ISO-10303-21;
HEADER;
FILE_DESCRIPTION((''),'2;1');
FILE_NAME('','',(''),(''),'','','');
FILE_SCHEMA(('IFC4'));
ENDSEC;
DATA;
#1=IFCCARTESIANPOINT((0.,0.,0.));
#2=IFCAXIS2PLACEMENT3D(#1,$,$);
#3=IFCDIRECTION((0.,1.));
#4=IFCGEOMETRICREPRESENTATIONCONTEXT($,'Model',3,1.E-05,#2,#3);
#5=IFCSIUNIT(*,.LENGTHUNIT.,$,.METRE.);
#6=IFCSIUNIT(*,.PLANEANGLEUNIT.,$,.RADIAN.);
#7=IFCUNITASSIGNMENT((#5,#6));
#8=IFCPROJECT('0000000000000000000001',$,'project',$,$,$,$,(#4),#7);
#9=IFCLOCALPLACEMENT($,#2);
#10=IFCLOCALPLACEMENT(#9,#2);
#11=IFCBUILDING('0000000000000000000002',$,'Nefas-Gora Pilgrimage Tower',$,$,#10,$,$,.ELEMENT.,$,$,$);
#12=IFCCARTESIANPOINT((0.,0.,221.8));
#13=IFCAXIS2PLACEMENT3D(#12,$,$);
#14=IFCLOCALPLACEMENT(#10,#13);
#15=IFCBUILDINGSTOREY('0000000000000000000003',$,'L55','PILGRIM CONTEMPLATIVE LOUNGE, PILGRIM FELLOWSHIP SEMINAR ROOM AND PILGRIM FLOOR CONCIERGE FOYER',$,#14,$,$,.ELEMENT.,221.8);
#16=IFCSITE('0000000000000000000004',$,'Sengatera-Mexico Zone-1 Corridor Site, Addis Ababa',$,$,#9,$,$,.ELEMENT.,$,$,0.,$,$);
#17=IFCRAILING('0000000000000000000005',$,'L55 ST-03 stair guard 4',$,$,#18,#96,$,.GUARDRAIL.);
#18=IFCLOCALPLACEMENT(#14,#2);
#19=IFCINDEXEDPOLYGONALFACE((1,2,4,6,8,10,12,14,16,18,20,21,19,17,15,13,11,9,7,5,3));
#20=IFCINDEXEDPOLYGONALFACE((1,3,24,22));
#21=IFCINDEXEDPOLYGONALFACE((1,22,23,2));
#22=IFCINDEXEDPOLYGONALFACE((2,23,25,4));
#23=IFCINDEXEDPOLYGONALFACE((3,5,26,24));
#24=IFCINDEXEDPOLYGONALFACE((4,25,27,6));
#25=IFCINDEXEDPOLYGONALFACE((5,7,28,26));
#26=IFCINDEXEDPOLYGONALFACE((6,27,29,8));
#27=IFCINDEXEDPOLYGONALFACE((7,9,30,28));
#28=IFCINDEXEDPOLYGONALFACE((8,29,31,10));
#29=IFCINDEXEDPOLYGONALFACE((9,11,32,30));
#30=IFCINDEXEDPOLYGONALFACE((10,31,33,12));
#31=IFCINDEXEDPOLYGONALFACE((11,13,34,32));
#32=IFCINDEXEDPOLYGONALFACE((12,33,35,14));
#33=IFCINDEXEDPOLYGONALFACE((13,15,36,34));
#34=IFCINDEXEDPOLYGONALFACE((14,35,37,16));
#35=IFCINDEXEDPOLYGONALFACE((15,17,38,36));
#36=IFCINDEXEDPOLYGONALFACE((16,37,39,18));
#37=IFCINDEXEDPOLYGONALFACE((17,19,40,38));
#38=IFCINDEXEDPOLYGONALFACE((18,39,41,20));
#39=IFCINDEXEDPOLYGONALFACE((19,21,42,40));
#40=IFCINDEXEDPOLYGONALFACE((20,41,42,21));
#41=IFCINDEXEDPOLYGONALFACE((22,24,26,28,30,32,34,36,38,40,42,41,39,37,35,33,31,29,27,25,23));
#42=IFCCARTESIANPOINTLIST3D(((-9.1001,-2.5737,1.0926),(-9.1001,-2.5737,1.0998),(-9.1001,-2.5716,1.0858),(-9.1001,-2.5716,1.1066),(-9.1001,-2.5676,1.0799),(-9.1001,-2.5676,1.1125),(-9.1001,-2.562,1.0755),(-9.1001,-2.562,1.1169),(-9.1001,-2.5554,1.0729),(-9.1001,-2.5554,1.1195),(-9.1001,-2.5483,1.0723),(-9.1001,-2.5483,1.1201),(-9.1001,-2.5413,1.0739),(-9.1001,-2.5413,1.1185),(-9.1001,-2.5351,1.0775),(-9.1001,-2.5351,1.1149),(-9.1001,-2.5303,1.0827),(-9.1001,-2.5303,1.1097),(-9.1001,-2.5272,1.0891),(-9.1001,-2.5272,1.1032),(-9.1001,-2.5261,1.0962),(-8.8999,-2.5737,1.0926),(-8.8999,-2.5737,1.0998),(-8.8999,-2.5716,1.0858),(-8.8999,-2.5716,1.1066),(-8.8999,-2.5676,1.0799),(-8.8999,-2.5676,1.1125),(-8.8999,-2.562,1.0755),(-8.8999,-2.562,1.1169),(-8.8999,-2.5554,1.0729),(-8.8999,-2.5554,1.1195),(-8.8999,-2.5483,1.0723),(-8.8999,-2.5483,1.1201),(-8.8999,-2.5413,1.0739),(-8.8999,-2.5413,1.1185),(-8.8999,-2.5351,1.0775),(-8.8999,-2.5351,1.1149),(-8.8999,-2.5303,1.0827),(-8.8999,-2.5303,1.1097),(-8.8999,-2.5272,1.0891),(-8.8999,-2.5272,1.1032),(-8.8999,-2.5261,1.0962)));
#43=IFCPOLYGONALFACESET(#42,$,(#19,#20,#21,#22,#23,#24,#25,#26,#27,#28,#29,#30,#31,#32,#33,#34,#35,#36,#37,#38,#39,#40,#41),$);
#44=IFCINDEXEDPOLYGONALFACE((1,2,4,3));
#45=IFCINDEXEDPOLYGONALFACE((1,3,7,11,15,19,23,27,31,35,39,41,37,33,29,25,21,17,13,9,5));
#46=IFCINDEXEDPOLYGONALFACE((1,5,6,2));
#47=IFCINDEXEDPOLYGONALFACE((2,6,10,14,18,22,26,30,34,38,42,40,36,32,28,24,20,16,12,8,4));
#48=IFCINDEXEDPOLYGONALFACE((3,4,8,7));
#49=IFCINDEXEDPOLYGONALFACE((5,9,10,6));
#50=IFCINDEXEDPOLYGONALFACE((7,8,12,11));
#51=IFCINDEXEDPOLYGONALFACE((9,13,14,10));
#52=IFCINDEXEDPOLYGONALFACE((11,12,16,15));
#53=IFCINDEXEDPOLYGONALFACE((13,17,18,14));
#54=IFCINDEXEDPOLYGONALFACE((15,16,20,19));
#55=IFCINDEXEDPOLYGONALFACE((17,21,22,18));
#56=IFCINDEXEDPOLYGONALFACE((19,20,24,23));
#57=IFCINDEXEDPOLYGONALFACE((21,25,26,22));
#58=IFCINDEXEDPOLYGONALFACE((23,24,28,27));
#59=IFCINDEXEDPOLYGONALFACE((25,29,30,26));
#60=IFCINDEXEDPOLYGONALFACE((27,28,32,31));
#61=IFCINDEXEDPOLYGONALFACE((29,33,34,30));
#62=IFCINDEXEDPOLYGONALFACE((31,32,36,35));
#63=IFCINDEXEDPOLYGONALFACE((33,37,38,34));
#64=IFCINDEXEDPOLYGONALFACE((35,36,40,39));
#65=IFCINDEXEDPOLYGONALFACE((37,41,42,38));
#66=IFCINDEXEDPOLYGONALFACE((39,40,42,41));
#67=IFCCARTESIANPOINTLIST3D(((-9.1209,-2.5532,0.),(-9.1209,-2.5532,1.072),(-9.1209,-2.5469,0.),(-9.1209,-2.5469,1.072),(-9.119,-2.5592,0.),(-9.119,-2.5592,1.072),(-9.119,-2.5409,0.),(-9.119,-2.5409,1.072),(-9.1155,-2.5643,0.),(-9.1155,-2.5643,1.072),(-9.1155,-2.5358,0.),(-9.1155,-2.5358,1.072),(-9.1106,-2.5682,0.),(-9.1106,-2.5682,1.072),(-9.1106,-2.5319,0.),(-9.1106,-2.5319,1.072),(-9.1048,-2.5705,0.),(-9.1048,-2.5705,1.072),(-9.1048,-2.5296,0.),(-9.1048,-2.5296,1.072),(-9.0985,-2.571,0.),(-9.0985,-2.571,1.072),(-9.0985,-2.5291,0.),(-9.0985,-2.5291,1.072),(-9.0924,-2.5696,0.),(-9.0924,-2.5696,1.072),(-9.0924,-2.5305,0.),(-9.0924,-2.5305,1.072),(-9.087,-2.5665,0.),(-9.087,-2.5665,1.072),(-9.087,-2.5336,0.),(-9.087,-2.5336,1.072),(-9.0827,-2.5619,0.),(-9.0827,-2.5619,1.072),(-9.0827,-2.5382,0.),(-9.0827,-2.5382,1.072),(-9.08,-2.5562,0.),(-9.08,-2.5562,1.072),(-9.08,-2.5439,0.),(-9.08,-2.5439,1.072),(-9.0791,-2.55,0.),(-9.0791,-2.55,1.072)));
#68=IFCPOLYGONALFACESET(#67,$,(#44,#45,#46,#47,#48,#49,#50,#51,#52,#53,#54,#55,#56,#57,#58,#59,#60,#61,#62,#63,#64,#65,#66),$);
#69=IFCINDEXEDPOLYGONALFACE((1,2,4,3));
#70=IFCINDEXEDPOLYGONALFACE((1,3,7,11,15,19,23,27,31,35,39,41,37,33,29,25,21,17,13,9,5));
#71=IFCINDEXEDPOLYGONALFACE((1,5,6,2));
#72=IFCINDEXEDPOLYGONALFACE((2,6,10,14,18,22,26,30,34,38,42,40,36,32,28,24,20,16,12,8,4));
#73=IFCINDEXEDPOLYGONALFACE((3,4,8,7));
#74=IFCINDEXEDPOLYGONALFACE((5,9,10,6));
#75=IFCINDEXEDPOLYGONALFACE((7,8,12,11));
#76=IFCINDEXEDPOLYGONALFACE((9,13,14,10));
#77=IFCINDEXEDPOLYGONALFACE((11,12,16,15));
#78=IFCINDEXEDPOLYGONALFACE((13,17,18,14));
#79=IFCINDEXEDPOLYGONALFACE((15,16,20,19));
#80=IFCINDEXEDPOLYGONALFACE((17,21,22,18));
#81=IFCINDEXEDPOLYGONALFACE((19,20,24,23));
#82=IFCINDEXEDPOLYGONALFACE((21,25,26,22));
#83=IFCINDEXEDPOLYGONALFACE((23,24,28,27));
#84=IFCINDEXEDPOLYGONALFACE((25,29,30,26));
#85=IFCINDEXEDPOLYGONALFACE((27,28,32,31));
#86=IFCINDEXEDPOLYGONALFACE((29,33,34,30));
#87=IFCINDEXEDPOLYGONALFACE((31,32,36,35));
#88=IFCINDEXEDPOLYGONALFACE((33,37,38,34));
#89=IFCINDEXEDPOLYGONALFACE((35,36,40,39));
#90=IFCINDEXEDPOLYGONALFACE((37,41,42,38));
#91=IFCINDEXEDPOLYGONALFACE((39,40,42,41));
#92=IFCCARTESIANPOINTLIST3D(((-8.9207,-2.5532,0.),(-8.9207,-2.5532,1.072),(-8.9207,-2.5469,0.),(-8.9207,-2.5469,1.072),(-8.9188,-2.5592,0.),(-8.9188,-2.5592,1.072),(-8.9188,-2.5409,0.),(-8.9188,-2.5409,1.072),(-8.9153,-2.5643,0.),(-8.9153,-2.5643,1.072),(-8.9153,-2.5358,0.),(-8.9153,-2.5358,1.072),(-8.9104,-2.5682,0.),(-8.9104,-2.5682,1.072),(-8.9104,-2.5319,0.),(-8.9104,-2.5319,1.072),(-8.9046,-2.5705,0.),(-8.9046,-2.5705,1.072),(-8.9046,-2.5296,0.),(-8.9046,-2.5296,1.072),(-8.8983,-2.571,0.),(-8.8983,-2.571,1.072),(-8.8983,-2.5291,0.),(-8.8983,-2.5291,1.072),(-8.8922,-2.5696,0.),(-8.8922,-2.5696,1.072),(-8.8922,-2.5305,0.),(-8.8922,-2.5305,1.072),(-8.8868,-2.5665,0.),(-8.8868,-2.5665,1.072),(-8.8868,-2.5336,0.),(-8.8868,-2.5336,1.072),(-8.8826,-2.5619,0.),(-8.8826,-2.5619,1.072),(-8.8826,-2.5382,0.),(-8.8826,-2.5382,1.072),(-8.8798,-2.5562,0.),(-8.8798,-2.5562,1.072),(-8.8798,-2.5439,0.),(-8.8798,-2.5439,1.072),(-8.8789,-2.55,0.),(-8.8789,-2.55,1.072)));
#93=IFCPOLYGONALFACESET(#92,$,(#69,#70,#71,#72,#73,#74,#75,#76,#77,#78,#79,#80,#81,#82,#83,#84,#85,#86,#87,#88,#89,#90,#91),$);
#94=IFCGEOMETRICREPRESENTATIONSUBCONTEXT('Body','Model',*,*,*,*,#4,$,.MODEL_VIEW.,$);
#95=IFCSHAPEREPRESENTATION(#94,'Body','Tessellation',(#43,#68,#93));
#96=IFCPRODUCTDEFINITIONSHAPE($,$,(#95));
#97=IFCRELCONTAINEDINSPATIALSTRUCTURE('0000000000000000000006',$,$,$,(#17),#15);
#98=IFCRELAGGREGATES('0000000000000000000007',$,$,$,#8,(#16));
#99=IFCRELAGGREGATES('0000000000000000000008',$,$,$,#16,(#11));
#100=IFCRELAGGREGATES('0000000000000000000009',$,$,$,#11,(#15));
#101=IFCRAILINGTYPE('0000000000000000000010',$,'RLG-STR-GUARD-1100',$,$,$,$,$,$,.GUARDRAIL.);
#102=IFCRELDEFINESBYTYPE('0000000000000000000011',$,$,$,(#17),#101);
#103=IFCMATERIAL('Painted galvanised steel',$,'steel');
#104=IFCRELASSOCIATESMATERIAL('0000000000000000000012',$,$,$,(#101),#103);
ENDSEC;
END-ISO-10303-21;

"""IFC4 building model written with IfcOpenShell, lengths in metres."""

from ifc_helpers import new_model, si_unit, direction, frame, origin, origin_2d, place, context, subcontext, project, spatial, circle, extrude, material, type_object, element, save


model = new_model("IFC4")

# Units and contexts
model_context = context("Model", 3, precision=1e-05, world=origin(), true_north=direction((0.0, 1.0)))
body_context = subcontext(model_context, "Body", "Model", "MODEL_VIEW")
ifc_project = project(units=[si_unit("LENGTHUNIT", "METRE"), si_unit("PLANEANGLEUNIT", "RADIAN")], contexts=[model_context])

# Site, building, storey
site_placement = place(None, origin())
site = spatial("IfcSite", under=ifc_project, at=site_placement, Name="Sengatera-Mexico Zone-1 Corridor Site, Addis Ababa", CompositionType="ELEMENT", RefElevation=0.0)
building_placement = place(site_placement, origin())
building = spatial("IfcBuilding", under=site, at=building_placement, Name="Nefas-Gora Pilgrimage Tower", CompositionType="ELEMENT")
storey_placement = place(building_placement, frame((0.0, 0.0, 221.8)))
storey = spatial("IfcBuildingStorey", under=building, at=storey_placement, Name="L55", Description="PILGRIM CONTEMPLATIVE LOUNGE, PILGRIM FELLOWSHIP SEMINAR ROOM AND PILGRIM FLOOR CONCIERGE FOYER", CompositionType="ELEMENT", Elevation=221.8)

# Railing
ifc_material_1 = material(Name="Painted galvanised steel", Category="steel")
railing_type_1 = type_object("IfcRailingType", Name="RLG-STR-GUARD-1100", PredefinedType="GUARDRAIL", material=ifc_material_1)
railing_1_placement = place(storey_placement, frame((-9.1001, -2.55, 0.0)))
element("IfcRailing", 1, at=railing_1_placement, inside=storey, type_object=railing_type_1, Name="L55 ST-03 stair guard 4", PredefinedType="GUARDRAIL", context=body_context, shape_type="SweptSolid", body=[
    extrude(circle(Radius=0.0239, at=origin_2d()), frame((0.0, 0.0, 1.0962), z_axis=(1.0, 0.0, 0.0), x_axis=(0.0, 1.0, 0.0)), (0.0, 0.0, 1.0), 0.2002),
    extrude(circle(Radius=0.021, at=origin_2d()), origin(), (0.0, 0.0, 1.0), 1.072),
    extrude(circle(Radius=0.021, at=origin_2d()), frame((0.2002, 0.0, 0.0)), (0.0, 0.0, 1.0), 1.072),
])

save(model, "model.ifc")
